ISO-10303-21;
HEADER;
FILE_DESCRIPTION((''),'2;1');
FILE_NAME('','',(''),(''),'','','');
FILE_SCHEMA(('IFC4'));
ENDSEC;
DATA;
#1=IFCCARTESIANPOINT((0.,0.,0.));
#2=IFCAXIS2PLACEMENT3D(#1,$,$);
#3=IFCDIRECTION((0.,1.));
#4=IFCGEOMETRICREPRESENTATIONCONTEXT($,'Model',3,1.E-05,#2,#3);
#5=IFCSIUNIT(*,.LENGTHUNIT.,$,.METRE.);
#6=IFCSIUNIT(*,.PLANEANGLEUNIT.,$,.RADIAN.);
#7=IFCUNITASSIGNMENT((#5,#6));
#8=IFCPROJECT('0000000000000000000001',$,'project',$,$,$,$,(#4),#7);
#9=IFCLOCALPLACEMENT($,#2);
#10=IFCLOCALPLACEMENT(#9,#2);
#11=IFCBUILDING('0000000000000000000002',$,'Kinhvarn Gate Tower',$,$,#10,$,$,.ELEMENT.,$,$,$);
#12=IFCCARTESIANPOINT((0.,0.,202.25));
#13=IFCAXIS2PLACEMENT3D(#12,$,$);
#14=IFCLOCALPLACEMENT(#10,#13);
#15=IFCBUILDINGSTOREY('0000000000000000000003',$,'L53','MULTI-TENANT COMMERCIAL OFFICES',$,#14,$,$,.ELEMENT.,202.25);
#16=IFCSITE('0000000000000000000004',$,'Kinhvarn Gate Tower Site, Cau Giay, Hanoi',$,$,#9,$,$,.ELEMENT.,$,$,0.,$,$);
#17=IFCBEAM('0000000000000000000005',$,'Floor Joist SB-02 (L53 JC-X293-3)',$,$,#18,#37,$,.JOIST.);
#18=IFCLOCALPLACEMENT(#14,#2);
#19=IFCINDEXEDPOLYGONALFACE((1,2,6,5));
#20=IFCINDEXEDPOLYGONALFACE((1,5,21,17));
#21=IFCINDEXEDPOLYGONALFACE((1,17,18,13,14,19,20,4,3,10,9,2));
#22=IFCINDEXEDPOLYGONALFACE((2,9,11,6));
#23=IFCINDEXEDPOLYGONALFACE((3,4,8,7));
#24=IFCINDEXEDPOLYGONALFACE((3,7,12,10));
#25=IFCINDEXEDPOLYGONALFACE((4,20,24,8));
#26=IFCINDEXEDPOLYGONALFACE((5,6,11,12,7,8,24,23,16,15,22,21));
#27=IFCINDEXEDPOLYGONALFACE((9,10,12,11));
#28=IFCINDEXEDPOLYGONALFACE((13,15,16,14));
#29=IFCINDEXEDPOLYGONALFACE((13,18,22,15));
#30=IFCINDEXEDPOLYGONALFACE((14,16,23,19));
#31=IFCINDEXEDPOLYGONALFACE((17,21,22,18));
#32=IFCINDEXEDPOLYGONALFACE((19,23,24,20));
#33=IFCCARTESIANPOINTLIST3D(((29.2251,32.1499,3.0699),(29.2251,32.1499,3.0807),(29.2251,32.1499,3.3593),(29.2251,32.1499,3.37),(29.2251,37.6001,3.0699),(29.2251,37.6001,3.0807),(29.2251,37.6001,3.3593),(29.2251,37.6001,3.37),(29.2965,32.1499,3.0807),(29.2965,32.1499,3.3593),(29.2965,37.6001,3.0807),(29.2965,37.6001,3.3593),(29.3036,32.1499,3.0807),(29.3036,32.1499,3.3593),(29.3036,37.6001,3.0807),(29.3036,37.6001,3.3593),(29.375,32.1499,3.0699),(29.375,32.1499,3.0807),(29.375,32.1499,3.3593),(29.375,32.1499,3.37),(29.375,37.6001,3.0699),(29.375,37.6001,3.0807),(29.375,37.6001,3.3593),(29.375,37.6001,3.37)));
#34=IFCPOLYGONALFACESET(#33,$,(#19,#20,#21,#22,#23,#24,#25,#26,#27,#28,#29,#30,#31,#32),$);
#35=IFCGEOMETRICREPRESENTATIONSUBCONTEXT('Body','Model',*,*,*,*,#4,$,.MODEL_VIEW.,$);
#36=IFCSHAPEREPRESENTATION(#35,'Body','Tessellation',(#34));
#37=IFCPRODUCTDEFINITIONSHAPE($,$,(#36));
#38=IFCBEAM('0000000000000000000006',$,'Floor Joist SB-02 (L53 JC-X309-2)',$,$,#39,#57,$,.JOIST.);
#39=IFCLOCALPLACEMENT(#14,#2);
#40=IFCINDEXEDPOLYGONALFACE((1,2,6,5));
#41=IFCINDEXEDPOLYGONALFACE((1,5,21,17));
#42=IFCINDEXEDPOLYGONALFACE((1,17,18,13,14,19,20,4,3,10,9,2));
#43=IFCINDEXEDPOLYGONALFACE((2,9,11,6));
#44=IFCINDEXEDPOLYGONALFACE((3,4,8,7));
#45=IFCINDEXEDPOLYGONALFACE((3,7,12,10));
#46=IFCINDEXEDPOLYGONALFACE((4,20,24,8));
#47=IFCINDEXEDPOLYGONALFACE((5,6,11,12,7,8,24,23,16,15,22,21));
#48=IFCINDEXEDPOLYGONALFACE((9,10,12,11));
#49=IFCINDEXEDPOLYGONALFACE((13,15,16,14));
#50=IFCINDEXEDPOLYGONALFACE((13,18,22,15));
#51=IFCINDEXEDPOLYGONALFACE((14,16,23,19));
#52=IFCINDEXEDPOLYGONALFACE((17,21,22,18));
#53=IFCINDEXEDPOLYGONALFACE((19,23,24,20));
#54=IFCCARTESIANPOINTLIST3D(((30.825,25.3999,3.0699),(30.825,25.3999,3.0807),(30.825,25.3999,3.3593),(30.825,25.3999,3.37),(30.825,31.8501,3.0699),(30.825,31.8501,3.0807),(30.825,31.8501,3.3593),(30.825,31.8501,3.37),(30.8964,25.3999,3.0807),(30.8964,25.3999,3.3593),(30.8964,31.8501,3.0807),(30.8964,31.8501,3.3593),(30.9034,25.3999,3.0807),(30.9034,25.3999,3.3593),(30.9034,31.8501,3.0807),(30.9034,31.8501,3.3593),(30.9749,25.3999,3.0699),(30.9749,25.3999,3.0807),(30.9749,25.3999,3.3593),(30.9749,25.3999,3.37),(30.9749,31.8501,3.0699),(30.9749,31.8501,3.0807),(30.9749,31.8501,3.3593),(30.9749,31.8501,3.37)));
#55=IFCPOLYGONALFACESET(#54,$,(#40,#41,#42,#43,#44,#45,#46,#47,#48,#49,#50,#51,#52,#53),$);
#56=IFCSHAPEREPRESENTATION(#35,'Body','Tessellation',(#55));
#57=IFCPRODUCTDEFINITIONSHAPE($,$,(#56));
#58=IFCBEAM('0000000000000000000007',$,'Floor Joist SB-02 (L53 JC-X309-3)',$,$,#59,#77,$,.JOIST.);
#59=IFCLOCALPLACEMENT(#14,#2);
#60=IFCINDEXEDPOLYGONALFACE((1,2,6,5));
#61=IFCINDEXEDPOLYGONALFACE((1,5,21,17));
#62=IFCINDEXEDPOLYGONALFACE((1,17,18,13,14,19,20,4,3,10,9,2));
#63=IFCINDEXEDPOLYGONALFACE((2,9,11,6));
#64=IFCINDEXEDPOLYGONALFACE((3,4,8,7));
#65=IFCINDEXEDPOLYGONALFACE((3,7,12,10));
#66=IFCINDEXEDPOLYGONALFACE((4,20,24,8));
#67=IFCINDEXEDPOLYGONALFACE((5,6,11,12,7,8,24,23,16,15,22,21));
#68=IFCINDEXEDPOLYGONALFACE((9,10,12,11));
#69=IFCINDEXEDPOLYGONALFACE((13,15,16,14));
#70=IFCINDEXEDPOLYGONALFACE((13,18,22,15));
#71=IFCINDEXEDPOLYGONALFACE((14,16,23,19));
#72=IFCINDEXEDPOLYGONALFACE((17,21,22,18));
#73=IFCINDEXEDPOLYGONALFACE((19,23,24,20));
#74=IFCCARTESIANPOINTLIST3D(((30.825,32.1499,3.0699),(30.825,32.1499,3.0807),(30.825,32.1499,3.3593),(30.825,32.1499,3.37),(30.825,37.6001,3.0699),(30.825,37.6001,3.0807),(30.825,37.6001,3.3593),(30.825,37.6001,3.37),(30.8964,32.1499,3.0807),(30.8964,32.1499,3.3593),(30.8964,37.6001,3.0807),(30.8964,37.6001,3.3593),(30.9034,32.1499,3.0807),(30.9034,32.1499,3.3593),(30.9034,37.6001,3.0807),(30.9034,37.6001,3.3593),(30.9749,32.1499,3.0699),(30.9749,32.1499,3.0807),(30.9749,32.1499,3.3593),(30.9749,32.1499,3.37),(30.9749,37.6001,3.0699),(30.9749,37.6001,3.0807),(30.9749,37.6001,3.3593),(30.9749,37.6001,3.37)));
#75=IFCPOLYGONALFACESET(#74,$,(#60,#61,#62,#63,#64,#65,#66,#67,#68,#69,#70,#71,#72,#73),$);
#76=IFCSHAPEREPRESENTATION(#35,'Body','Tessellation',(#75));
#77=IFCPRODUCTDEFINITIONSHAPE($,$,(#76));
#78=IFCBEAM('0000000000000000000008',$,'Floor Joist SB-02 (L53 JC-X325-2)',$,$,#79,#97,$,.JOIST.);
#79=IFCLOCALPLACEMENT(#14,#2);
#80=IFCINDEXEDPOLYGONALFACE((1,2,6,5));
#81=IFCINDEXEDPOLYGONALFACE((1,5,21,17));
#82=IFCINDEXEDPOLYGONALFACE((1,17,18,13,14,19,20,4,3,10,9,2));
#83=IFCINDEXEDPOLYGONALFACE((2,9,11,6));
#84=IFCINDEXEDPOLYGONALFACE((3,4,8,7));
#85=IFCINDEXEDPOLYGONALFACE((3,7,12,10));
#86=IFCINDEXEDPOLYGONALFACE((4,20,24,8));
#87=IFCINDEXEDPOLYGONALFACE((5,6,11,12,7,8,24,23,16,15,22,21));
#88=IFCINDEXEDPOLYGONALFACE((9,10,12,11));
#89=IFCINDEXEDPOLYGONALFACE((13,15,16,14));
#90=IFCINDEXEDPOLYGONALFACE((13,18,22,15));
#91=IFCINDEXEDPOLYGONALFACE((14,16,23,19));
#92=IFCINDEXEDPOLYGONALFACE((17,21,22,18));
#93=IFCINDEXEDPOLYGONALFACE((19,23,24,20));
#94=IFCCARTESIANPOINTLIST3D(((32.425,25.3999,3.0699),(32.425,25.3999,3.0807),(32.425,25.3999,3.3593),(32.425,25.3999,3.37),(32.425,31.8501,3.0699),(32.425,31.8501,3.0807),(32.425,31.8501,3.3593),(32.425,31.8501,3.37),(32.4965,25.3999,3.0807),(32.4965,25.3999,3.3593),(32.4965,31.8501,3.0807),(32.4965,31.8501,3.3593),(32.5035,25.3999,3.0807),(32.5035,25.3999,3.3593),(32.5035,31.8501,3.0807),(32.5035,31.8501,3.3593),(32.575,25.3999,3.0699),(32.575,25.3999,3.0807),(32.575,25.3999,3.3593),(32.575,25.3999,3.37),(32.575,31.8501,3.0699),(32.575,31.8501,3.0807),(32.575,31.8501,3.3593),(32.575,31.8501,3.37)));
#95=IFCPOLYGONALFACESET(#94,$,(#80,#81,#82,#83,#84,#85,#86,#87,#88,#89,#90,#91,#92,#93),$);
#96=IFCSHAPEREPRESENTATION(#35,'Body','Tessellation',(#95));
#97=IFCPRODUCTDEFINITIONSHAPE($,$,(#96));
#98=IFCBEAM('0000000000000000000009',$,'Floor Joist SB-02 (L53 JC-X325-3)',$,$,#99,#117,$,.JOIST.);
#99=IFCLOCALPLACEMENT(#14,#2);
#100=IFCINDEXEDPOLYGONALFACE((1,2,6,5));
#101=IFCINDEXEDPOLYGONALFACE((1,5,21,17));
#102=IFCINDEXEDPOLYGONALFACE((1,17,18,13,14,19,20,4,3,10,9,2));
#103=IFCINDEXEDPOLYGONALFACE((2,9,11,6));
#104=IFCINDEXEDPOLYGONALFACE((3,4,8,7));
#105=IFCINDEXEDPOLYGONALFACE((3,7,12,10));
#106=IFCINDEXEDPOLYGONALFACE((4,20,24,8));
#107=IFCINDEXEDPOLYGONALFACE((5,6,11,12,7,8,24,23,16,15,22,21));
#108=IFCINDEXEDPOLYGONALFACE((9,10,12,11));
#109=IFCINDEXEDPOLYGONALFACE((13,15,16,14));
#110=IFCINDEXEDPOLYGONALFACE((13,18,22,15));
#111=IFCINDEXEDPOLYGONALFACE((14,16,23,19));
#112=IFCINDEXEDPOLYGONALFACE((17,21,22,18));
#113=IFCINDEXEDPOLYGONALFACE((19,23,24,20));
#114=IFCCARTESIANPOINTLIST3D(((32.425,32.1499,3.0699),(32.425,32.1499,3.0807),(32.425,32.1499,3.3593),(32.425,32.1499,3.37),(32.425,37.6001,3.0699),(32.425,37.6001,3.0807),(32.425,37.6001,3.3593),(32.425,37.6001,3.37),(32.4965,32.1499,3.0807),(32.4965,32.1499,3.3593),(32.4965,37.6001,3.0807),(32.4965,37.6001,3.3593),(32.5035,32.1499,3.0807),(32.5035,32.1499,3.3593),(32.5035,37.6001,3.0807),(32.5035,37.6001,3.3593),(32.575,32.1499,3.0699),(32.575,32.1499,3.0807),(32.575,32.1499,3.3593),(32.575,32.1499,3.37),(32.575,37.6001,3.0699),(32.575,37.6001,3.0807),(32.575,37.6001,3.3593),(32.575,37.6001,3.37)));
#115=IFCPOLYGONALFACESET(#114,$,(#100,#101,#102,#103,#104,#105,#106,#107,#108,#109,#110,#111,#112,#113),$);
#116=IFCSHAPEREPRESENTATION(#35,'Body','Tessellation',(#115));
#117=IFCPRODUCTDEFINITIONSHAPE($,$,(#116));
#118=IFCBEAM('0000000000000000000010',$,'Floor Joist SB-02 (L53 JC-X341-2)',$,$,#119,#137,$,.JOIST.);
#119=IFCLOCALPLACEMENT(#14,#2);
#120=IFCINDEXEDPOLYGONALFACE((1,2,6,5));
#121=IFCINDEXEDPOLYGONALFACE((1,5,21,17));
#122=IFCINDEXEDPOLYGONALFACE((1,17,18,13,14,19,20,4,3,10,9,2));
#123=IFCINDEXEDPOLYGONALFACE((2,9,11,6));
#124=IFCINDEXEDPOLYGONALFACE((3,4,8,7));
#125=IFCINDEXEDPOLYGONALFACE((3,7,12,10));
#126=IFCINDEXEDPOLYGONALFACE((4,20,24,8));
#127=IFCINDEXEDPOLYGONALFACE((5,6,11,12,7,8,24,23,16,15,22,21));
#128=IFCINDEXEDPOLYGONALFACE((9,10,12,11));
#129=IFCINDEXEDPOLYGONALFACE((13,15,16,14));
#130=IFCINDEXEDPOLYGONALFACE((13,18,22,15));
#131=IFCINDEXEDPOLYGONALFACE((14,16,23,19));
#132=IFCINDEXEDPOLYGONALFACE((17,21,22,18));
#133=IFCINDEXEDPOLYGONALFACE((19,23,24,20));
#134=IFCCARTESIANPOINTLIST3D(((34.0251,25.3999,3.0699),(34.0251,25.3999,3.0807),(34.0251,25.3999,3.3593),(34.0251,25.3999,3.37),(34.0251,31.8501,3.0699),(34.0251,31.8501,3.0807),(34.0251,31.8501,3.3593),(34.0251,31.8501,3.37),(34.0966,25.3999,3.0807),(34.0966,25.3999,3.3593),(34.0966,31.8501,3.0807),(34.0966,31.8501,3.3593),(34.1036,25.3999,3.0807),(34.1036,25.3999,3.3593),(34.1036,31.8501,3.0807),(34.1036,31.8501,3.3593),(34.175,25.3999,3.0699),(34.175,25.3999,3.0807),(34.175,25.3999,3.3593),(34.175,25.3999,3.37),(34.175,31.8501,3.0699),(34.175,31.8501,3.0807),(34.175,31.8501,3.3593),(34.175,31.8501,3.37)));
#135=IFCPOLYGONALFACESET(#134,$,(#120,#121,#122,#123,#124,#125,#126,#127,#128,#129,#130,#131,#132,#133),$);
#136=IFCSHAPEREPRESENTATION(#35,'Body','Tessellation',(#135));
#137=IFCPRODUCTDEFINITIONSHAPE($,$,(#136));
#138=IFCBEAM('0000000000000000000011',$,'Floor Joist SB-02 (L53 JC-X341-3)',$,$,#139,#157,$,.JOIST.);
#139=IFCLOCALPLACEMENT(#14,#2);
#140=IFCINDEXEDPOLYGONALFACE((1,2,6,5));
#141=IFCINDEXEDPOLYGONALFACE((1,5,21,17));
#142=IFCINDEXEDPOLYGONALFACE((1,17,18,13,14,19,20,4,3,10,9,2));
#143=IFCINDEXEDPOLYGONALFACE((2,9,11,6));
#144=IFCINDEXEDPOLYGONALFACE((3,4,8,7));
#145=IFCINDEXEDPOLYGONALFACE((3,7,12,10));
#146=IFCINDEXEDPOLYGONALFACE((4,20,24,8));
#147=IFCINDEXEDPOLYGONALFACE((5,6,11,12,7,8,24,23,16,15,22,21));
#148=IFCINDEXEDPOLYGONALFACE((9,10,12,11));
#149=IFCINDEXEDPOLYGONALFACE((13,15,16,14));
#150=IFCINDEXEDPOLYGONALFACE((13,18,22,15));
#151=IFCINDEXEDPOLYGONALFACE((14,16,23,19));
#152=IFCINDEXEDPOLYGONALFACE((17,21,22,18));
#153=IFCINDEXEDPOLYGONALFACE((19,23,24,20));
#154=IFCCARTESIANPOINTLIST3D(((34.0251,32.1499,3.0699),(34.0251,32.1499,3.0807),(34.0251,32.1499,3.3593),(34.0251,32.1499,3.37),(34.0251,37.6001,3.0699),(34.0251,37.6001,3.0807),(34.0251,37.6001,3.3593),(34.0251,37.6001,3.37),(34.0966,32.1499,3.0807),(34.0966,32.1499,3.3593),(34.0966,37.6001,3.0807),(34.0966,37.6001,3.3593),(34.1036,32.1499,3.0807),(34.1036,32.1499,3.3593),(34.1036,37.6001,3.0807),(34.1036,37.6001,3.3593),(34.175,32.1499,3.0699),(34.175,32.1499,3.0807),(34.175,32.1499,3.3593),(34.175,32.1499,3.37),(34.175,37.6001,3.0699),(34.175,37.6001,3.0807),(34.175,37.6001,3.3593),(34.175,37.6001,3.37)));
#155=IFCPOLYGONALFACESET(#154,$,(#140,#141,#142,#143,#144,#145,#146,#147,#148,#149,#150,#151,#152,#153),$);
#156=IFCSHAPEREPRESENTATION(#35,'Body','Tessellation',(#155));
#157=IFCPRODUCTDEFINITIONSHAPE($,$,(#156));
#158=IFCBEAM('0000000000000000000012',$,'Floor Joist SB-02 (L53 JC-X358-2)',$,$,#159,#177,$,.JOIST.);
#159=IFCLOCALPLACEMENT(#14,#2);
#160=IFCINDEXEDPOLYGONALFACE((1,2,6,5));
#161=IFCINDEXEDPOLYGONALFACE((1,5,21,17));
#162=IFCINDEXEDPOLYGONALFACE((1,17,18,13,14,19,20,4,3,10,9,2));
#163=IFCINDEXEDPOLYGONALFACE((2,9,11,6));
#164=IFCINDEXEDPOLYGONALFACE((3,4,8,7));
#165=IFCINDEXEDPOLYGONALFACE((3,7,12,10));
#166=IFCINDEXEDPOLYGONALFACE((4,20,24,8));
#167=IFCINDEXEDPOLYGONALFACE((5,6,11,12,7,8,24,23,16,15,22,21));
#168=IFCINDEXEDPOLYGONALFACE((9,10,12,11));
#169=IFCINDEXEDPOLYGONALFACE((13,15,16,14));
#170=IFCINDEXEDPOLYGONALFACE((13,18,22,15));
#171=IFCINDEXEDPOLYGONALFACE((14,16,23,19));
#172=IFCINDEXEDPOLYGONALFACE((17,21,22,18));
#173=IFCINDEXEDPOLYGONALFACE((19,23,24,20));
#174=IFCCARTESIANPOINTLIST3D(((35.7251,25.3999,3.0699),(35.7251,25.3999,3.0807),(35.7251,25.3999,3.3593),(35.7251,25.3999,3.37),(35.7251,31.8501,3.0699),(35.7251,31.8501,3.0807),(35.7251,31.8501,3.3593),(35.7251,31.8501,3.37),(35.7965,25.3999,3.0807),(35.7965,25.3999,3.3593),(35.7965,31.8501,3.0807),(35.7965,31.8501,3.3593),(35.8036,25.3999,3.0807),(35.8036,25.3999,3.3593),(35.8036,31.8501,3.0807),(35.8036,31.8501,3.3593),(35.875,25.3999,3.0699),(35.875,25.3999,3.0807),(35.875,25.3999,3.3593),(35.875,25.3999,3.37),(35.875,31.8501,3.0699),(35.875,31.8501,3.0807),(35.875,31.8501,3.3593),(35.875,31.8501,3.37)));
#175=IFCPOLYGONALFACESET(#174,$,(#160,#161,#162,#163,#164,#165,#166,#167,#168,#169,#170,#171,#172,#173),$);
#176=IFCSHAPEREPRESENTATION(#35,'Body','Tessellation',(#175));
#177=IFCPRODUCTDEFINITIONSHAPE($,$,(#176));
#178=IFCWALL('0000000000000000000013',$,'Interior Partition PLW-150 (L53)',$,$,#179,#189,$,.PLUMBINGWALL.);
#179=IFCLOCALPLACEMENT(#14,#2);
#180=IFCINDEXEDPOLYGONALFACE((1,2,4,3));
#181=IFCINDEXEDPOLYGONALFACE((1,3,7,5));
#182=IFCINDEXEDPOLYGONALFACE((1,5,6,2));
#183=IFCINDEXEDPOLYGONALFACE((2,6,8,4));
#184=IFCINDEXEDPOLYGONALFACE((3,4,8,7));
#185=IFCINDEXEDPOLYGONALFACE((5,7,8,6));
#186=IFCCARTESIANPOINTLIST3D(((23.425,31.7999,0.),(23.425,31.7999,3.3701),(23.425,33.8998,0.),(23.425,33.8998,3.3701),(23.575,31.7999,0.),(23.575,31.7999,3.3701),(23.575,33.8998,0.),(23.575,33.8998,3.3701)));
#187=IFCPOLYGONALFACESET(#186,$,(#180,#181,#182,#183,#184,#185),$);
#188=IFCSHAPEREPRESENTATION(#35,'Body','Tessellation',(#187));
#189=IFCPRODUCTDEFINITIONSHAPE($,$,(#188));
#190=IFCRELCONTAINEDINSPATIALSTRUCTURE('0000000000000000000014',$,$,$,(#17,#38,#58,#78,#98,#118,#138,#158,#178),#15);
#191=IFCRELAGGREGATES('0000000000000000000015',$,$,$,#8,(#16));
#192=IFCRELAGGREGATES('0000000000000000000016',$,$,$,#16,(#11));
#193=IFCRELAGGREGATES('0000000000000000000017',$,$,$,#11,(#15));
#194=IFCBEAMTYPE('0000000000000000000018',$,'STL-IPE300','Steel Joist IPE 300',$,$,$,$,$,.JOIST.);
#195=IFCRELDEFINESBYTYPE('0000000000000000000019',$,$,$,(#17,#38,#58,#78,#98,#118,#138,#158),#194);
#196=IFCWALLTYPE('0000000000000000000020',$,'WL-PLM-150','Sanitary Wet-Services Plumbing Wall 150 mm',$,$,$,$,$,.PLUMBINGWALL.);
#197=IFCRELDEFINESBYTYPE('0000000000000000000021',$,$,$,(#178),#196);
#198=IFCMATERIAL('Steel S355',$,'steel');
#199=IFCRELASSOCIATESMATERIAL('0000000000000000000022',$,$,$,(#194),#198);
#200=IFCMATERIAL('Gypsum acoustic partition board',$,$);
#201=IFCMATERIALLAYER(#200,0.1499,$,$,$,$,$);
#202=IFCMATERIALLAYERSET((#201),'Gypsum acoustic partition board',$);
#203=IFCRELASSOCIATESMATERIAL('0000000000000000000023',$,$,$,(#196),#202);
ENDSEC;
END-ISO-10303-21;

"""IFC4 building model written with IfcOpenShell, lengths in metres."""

from ifc_helpers import new_model, si_unit, direction, frame, frame_2d, origin, origin_2d, place, context, subcontext, project, spatial, rectangle, i_section, extrude, material, layer, layer_set, material_profile, profile_set, type_object, element, save


model = new_model("IFC4")

# Units and contexts
model_context = context("Model", 3, precision=1e-05, world=origin(), true_north=direction((0.0, 1.0)))
body_context = subcontext(model_context, "Body", "Model", "MODEL_VIEW")
ifc_project = project(units=[si_unit("LENGTHUNIT", "METRE"), si_unit("PLANEANGLEUNIT", "RADIAN")], contexts=[model_context])

# Site, building, storey
site_placement = place(None, origin())
site = spatial("IfcSite", under=ifc_project, at=site_placement, Name="Kinhvarn Gate Tower Site, Cau Giay, Hanoi", CompositionType="ELEMENT", RefElevation=0.0)
building_placement = place(site_placement, origin())
building = spatial("IfcBuilding", under=site, at=building_placement, Name="Kinhvarn Gate Tower", CompositionType="ELEMENT")
storey_placement = place(building_placement, frame((0.0, 0.0, 202.25)))
storey = spatial("IfcBuildingStorey", under=building, at=storey_placement, Name="L53", Description="MULTI-TENANT COMMERCIAL OFFICES", CompositionType="ELEMENT", Elevation=202.25)

# Beams
ifc_material_1 = material(Name="Steel S355", Category="steel")
ifc_material_profile = material_profile(ifc_material_1, i_section(OverallWidth=0.1499, OverallDepth=0.3, WebThickness=0.0071, FlangeThickness=0.0107, at=origin_2d()), Name="IPE 300")
ifc_profile_set = profile_set([ifc_material_profile], Name="Steel S355")
beam_type = type_object("IfcBeamType", Name="STL-IPE300", Description="Steel Joist IPE 300", PredefinedType="JOIST", material=ifc_profile_set)
beam_1_placement = place(storey_placement, frame((29.3, 32.1499, 3.22), z_axis=(0.0, 1.0, 0.0), x_axis=(-1.0, 0.0, 0.0)))
element("IfcBeam", 1, at=beam_1_placement, inside=storey, type_object=beam_type, Name="Floor Joist SB-02 (L53 JC-X293-3)", PredefinedType="JOIST", context=body_context, shape_type="SweptSolid", body=[
    extrude(i_section(OverallWidth=0.1499, OverallDepth=0.3, WebThickness=0.0071, FlangeThickness=0.0107, at=origin_2d()), origin(), (0.0, 0.0, 1.0), 5.4502),
])
beam_2_placement = place(storey_placement, frame((30.8999, 25.3999, 3.22), z_axis=(0.0, 1.0, 0.0), x_axis=(-1.0, 0.0, 0.0)))
element("IfcBeam", 2, at=beam_2_placement, inside=storey, type_object=beam_type, Name="Floor Joist SB-02 (L53 JC-X309-2)", PredefinedType="JOIST", context=body_context, shape_type="SweptSolid", body=[
    extrude(i_section(OverallWidth=0.1499, OverallDepth=0.3, WebThickness=0.0071, FlangeThickness=0.0107, at=origin_2d()), origin(), (0.0, 0.0, 1.0), 6.4502),
])
beam_3_placement = place(storey_placement, frame((30.8999, 32.1499, 3.22), z_axis=(0.0, 1.0, 0.0), x_axis=(-1.0, 0.0, 0.0)))
element("IfcBeam", 3, at=beam_3_placement, inside=storey, type_object=beam_type, Name="Floor Joist SB-02 (L53 JC-X309-3)", PredefinedType="JOIST", context=body_context, shape_type="SweptSolid", body=[
    extrude(i_section(OverallWidth=0.1499, OverallDepth=0.3, WebThickness=0.0071, FlangeThickness=0.0107, at=origin_2d()), origin(), (0.0, 0.0, 1.0), 5.4502),
])
beam_4_placement = place(storey_placement, frame((32.5, 25.3999, 3.22), z_axis=(0.0, 1.0, 0.0), x_axis=(-1.0, 0.0, 0.0)))
element("IfcBeam", 4, at=beam_4_placement, inside=storey, type_object=beam_type, Name="Floor Joist SB-02 (L53 JC-X325-2)", PredefinedType="JOIST", context=body_context, shape_type="SweptSolid", body=[
    extrude(i_section(OverallWidth=0.1499, OverallDepth=0.3, WebThickness=0.0071, FlangeThickness=0.0107, at=origin_2d()), origin(), (0.0, 0.0, 1.0), 6.4502),
])
beam_5_placement = place(storey_placement, frame((32.5, 32.1499, 3.22), z_axis=(0.0, 1.0, 0.0), x_axis=(-1.0, 0.0, 0.0)))
element("IfcBeam", 5, at=beam_5_placement, inside=storey, type_object=beam_type, Name="Floor Joist SB-02 (L53 JC-X325-3)", PredefinedType="JOIST", context=body_context, shape_type="SweptSolid", body=[
    extrude(i_section(OverallWidth=0.1499, OverallDepth=0.3, WebThickness=0.0071, FlangeThickness=0.0107, at=origin_2d()), origin(), (0.0, 0.0, 1.0), 5.4502),
])
beam_6_placement = place(storey_placement, frame((34.1001, 25.3999, 3.22), z_axis=(0.0, 1.0, 0.0), x_axis=(-1.0, 0.0, 0.0)))
element("IfcBeam", 6, at=beam_6_placement, inside=storey, type_object=beam_type, Name="Floor Joist SB-02 (L53 JC-X341-2)", PredefinedType="JOIST", context=body_context, shape_type="SweptSolid", body=[
    extrude(i_section(OverallWidth=0.1499, OverallDepth=0.3, WebThickness=0.0071, FlangeThickness=0.0107, at=origin_2d()), origin(), (0.0, 0.0, 1.0), 6.4502),
])
beam_7_placement = place(storey_placement, frame((34.1001, 32.1499, 3.22), z_axis=(0.0, 1.0, 0.0), x_axis=(-1.0, 0.0, 0.0)))
element("IfcBeam", 7, at=beam_7_placement, inside=storey, type_object=beam_type, Name="Floor Joist SB-02 (L53 JC-X341-3)", PredefinedType="JOIST", context=body_context, shape_type="SweptSolid", body=[
    extrude(i_section(OverallWidth=0.1499, OverallDepth=0.3, WebThickness=0.0071, FlangeThickness=0.0107, at=origin_2d()), origin(), (0.0, 0.0, 1.0), 5.4502),
])
beam_8_placement = place(storey_placement, frame((35.8, 25.3999, 3.22), z_axis=(0.0, 1.0, 0.0), x_axis=(-1.0, 0.0, 0.0)))
element("IfcBeam", 8, at=beam_8_placement, inside=storey, type_object=beam_type, Name="Floor Joist SB-02 (L53 JC-X358-2)", PredefinedType="JOIST", context=body_context, shape_type="SweptSolid", body=[
    extrude(i_section(OverallWidth=0.1499, OverallDepth=0.3, WebThickness=0.0071, FlangeThickness=0.0107, at=origin_2d()), origin(), (0.0, 0.0, 1.0), 6.4502),
])

# Wall
ifc_material_2 = material(Name="Gypsum acoustic partition board")
ifc_layer_1 = layer(ifc_material_2, 0.1499)
ifc_layer_set_1 = layer_set([ifc_layer_1], Name="Gypsum acoustic partition board")
wall_type_1 = type_object("IfcWallType", Name="WL-PLM-150", Description="Sanitary Wet-Services Plumbing Wall 150 mm", PredefinedType="PLUMBINGWALL", material=ifc_layer_set_1)
wall_1_placement = place(storey_placement, frame((23.5, 31.8, 0.0), z_axis=(0.0, 0.0, 1.0), x_axis=(0.0, 1.0, 0.0)))
element("IfcWall", 9, at=wall_1_placement, inside=storey, type_object=wall_type_1, Name="Interior Partition PLW-150 (L53)", PredefinedType="PLUMBINGWALL", context=body_context, shape_type="SweptSolid", body=[
    extrude(rectangle(XDim=2.0999, YDim=0.1499, at=frame_2d((1.0498, 0.0))), origin(), (0.0, 0.0, 1.0), 3.3701),
])

save(model, "model.ifc")
